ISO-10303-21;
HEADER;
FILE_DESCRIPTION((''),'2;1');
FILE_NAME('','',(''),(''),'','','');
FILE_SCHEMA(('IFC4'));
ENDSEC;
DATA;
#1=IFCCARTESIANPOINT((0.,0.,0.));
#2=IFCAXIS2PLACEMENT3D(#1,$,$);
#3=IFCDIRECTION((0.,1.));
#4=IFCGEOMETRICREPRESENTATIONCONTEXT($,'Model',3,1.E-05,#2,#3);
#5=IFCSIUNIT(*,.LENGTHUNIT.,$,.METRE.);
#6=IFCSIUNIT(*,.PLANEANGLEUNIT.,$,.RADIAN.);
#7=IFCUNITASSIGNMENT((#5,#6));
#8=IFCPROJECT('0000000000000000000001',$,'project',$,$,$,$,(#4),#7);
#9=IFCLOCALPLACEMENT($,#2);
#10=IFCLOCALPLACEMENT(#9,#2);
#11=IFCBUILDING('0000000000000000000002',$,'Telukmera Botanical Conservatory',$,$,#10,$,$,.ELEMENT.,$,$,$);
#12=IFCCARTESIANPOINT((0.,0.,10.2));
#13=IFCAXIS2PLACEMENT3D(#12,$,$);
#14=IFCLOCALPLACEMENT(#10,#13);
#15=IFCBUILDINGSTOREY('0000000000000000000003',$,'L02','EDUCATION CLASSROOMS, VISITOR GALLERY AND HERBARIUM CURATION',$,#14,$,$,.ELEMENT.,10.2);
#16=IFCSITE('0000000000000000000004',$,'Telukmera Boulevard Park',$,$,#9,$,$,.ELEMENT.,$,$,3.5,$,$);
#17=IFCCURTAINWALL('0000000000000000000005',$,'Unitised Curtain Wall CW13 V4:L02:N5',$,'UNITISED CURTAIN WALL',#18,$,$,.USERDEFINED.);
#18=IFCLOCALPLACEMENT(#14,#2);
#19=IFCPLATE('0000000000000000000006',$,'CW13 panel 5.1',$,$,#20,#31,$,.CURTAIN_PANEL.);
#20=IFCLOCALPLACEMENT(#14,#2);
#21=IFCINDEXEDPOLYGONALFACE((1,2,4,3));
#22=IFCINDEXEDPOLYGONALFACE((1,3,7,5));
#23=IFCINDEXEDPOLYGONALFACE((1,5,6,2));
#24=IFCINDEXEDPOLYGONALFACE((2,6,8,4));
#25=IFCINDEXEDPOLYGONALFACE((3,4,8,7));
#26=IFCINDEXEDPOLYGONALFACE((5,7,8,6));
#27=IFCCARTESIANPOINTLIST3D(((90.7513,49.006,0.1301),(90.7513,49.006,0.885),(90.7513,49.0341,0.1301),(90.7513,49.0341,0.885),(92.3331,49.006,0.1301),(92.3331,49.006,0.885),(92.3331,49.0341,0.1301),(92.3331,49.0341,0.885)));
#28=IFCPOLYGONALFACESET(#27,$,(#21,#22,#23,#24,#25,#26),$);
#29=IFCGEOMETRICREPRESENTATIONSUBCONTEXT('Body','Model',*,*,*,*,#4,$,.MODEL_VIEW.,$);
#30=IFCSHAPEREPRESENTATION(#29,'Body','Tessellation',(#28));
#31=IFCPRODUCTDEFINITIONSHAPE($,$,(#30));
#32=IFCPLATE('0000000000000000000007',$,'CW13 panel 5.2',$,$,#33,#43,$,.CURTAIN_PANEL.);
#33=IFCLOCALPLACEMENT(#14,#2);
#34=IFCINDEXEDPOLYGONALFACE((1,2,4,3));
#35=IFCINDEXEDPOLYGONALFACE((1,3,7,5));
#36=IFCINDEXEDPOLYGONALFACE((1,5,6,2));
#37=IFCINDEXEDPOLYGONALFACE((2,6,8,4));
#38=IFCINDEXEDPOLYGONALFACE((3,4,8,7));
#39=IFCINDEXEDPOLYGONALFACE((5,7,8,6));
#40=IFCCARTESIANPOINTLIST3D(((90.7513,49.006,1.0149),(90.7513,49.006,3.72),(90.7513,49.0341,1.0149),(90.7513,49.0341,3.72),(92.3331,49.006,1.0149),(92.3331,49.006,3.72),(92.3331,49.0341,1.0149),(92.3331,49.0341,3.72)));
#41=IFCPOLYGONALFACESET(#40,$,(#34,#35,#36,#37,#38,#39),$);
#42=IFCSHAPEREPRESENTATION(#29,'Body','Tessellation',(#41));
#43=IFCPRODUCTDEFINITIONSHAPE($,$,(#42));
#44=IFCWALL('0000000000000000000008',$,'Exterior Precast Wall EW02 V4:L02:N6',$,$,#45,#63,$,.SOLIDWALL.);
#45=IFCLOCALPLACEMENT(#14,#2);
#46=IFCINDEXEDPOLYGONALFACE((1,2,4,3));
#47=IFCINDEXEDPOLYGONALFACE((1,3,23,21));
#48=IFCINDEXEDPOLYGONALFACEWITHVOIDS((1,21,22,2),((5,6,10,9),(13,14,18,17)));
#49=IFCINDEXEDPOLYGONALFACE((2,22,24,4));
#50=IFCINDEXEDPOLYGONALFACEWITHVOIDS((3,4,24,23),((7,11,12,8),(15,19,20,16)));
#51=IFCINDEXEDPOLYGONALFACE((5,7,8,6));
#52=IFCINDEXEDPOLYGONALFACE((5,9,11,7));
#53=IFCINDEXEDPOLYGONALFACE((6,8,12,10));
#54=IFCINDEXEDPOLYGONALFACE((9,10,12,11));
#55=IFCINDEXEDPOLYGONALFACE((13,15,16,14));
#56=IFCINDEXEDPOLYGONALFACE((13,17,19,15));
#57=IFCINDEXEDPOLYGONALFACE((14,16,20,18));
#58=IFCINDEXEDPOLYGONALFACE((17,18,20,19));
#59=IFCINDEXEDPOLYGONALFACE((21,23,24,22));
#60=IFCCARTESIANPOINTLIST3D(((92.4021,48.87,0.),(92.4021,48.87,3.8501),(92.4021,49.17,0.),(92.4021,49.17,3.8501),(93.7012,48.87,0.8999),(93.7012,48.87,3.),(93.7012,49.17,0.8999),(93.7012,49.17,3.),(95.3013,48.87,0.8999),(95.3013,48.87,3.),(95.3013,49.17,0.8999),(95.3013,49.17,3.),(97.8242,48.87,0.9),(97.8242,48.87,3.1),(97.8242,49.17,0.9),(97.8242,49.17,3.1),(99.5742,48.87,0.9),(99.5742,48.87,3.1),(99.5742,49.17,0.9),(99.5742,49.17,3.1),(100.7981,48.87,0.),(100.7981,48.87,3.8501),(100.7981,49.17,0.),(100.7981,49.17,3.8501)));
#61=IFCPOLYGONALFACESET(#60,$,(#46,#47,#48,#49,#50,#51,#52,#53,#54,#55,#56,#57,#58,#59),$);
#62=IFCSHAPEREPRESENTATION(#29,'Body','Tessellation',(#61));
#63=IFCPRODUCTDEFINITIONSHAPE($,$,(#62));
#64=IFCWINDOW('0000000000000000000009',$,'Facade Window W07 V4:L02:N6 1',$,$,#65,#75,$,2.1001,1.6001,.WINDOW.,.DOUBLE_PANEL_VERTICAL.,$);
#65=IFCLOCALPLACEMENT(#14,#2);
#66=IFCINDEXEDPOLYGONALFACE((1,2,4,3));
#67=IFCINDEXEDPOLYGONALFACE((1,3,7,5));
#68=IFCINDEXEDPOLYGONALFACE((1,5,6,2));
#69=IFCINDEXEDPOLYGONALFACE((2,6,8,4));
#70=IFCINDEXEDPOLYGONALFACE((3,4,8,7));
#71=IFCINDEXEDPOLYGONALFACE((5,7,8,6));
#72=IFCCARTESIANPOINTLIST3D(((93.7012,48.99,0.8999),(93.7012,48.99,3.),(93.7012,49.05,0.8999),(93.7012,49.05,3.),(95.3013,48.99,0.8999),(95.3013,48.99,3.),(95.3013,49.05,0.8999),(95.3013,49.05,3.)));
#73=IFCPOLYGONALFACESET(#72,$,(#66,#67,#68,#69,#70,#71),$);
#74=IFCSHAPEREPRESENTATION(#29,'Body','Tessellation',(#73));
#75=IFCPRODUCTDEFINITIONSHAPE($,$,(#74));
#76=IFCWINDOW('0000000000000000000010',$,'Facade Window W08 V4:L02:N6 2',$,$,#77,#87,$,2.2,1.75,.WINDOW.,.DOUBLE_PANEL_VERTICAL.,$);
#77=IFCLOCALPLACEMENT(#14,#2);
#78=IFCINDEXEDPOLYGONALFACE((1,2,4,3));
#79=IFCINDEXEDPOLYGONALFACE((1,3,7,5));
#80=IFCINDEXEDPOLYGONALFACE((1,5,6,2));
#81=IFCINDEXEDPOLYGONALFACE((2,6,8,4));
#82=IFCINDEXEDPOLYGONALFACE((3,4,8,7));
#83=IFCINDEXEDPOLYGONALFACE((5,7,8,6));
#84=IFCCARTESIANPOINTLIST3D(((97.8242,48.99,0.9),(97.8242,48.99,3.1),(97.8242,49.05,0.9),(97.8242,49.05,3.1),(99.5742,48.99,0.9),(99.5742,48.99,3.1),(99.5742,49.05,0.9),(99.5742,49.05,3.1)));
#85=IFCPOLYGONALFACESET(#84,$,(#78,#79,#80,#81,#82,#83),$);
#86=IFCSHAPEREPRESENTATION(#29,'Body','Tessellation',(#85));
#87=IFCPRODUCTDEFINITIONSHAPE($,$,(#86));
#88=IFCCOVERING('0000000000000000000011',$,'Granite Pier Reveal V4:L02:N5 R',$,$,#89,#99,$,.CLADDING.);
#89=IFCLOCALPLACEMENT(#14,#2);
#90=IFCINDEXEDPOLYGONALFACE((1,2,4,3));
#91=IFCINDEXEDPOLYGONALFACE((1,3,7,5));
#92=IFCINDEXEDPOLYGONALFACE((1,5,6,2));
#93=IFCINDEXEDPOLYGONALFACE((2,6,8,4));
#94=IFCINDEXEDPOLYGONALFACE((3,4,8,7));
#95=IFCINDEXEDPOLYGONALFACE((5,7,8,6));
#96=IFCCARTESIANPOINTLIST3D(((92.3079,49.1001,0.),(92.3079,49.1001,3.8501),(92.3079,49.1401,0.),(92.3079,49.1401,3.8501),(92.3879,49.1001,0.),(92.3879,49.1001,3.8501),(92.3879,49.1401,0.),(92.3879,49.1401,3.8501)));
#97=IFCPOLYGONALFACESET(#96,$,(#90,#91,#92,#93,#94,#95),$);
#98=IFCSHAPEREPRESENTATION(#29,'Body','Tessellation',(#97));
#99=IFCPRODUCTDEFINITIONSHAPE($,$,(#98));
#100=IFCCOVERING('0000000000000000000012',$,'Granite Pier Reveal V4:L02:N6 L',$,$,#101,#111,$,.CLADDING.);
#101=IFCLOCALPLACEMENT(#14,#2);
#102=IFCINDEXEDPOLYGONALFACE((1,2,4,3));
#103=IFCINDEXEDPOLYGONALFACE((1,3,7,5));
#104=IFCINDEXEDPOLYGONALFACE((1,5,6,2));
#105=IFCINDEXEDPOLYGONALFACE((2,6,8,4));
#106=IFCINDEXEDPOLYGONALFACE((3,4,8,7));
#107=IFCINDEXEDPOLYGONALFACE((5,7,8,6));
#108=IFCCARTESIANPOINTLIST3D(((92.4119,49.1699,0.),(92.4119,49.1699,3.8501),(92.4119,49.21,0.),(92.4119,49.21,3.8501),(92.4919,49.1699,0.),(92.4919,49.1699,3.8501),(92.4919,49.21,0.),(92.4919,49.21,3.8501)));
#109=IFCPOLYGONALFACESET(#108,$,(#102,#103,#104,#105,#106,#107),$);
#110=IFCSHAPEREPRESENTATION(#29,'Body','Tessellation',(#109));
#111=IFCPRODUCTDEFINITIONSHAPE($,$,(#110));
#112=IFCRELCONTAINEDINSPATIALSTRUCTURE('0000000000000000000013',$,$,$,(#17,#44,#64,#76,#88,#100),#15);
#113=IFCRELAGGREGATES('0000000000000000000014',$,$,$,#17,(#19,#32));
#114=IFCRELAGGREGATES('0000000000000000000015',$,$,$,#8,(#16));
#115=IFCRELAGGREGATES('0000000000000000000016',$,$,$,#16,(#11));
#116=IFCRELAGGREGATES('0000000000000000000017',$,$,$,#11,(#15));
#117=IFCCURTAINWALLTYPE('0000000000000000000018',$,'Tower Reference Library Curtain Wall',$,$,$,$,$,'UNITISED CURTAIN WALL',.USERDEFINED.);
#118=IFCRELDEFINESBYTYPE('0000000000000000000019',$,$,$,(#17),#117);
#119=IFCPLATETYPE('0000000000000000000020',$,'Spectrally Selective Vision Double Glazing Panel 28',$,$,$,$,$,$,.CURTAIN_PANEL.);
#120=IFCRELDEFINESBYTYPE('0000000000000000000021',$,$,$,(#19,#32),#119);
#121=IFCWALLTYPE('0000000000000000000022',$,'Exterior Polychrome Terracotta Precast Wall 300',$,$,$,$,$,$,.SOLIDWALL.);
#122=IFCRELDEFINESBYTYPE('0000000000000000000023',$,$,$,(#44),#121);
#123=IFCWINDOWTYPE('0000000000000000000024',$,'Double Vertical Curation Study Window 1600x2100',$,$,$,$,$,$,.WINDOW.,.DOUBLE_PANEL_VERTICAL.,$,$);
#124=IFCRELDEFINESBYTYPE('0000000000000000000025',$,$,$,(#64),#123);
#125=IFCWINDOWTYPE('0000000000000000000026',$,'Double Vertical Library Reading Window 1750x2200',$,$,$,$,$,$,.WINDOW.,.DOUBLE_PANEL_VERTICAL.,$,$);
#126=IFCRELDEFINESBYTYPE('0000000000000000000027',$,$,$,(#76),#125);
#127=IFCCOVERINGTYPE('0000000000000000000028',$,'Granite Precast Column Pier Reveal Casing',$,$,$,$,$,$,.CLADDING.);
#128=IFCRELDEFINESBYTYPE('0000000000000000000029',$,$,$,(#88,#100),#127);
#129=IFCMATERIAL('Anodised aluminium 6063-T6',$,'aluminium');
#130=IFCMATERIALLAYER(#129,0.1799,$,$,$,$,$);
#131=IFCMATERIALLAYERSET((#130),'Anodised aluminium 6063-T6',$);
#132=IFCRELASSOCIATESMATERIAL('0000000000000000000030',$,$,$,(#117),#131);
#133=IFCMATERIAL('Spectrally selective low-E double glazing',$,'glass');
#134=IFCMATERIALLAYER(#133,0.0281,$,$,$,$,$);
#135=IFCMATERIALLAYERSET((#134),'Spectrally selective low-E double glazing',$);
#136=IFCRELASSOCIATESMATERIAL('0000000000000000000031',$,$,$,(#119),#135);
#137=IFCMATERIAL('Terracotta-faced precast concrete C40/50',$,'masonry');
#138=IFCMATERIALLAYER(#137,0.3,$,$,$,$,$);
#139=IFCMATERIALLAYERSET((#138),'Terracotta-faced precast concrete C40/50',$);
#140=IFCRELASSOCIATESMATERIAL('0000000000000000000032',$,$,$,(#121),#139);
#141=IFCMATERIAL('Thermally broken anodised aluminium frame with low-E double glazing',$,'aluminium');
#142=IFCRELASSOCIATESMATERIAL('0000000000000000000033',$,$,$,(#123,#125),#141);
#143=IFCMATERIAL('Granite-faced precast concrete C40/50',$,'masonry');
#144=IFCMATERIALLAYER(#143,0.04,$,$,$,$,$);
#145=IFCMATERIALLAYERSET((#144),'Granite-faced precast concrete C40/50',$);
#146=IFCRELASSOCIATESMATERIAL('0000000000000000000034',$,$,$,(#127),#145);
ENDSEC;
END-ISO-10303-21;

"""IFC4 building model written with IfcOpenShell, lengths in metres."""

from ifc_helpers import new_model, si_unit, direction, frame, frame_2d, origin, origin_2d, place, context, subcontext, project, spatial, rectangle, extrude, material, layer, layer_set, type_object, element, fill, aggregate, save


model = new_model("IFC4")

# Units and contexts
model_context = context("Model", 3, precision=1e-05, world=origin(), true_north=direction((0.0, 1.0)))
body_context = subcontext(model_context, "Body", "Model", "MODEL_VIEW")
ifc_project = project(units=[si_unit("LENGTHUNIT", "METRE"), si_unit("PLANEANGLEUNIT", "RADIAN")], contexts=[model_context])

# Site, building, storey
site_placement = place(None, origin())
site = spatial("IfcSite", under=ifc_project, at=site_placement, Name="Telukmera Boulevard Park", CompositionType="ELEMENT", RefElevation=3.5)
building_placement = place(site_placement, origin())
building = spatial("IfcBuilding", under=site, at=building_placement, Name="Telukmera Botanical Conservatory", CompositionType="ELEMENT")
storey_placement = place(building_placement, frame((0.0, 0.0, 10.2)))
storey = spatial("IfcBuildingStorey", under=building, at=storey_placement, Name="L02", Description="EDUCATION CLASSROOMS, VISITOR GALLERY AND HERBARIUM CURATION", CompositionType="ELEMENT", Elevation=10.2)

# Curtain wall, plates
ifc_material_1 = material(Name="Anodised aluminium 6063-T6", Category="aluminium")
ifc_layer_1 = layer(ifc_material_1, 0.1799)
ifc_layer_set_1 = layer_set([ifc_layer_1], Name="Anodised aluminium 6063-T6")
curtain_wall_type = type_object("IfcCurtainWallType", Name="Tower Reference Library Curtain Wall", ElementType="UNITISED CURTAIN WALL", PredefinedType="USERDEFINED", material=ifc_layer_set_1)
curtain_wall_placement = place(storey_placement, origin())
curtain_wall = element("IfcCurtainWall", 1, at=curtain_wall_placement, inside=storey, type_object=curtain_wall_type, Name="Unitised Curtain Wall CW13 V4:L02:N5", ObjectType="UNITISED CURTAIN WALL", PredefinedType="USERDEFINED")
ifc_material_2 = material(Name="Spectrally selective low-E double glazing", Category="glass")
ifc_layer_2 = layer(ifc_material_2, 0.0281)
ifc_layer_set_2 = layer_set([ifc_layer_2], Name="Spectrally selective low-E double glazing")
plate_type = type_object("IfcPlateType", Name="Spectrally Selective Vision Double Glazing Panel 28", PredefinedType="CURTAIN_PANEL", material=ifc_layer_set_2)
plate_1_placement = place(storey_placement, frame((91.5422, 49.02, 0.1301), z_axis=(0.0, 0.0, 1.0), x_axis=(1.0, 0.0, 0.0)))
plate_1 = element("IfcPlate", 2, at=plate_1_placement, type_object=plate_type, Name="CW13 panel 5.1", PredefinedType="CURTAIN_PANEL", context=body_context, shape_type="SweptSolid", body=[
    extrude(rectangle(XDim=1.5818, YDim=0.0281, at=origin_2d()), origin(), (0.0, 0.0, 1.0), 0.7549),
])
plate_2_placement = place(storey_placement, frame((91.5422, 49.02, 1.0149), z_axis=(0.0, 0.0, 1.0), x_axis=(1.0, 0.0, 0.0)))
plate_2 = element("IfcPlate", 3, at=plate_2_placement, type_object=plate_type, Name="CW13 panel 5.2", PredefinedType="CURTAIN_PANEL", context=body_context, shape_type="SweptSolid", body=[
    extrude(rectangle(XDim=1.5818, YDim=0.0281, at=origin_2d()), origin(), (0.0, 0.0, 1.0), 2.7051),
])
aggregate(curtain_wall, [plate_1, plate_2])

# Wall, openings, windows
ifc_material_3 = material(Name="Terracotta-faced precast concrete C40/50", Category="masonry")
ifc_layer_3 = layer(ifc_material_3, 0.3)
ifc_layer_set_3 = layer_set([ifc_layer_3], Name="Terracotta-faced precast concrete C40/50")
wall_type = type_object("IfcWallType", Name="Exterior Polychrome Terracotta Precast Wall 300", PredefinedType="SOLIDWALL", material=ifc_layer_set_3)
wall_placement = place(storey_placement, frame((92.4021, 49.02, 0.0), z_axis=(0.0, 0.0, 1.0), x_axis=(1.0, 0.0, 0.0)))
wall = element("IfcWall", 4, at=wall_placement, inside=storey, type_object=wall_type, Name="Exterior Precast Wall EW02 V4:L02:N6", PredefinedType="SOLIDWALL", context=body_context, shape_type="SweptSolid", body=[
    extrude(rectangle(XDim=8.396, YDim=0.3, at=frame_2d((4.198, 0.0))), origin(), (0.0, 0.0, 1.0), 3.8501),
])
opening_1_placement = place(wall_placement, frame((1.2991, 0.0, 0.8999)))
opening_1 = element("IfcOpeningElement", 5, at=opening_1_placement, cuts=wall, PredefinedType="OPENING", context=body_context, shape_type="SweptSolid", body=[
    extrude(rectangle(XDim=1.6001, YDim=2.1001, at=frame_2d((0.8, 1.05))), frame((0.0, 0.1599, 0.0), z_axis=(0.0, -1.0, 0.0), x_axis=(1.0, 0.0, 0.0)), (0.0, 0.0, 1.0), 0.3201),
])
opening_2_placement = place(wall_placement, frame((5.4221, 0.0, 0.8999)))
opening_2 = element("IfcOpeningElement", 6, at=opening_2_placement, cuts=wall, PredefinedType="OPENING", context=body_context, shape_type="SweptSolid", body=[
    extrude(rectangle(XDim=1.75, YDim=2.2, at=frame_2d((0.875, 1.1001))), frame((0.0, 0.1599, 0.0), z_axis=(0.0, -1.0, 0.0), x_axis=(1.0, 0.0, 0.0)), (0.0, 0.0, 1.0), 0.3201),
])
ifc_material_4 = material(Name="Thermally broken anodised aluminium frame with low-E double glazing", Category="aluminium")
window_type_1 = type_object("IfcWindowType", Name="Double Vertical Curation Study Window 1600x2100", PartitioningType="DOUBLE_PANEL_VERTICAL", PredefinedType="WINDOW", material=ifc_material_4)
window_1_placement = place(opening_1_placement, origin())
window_1 = element("IfcWindow", 7, at=window_1_placement, inside=storey, type_object=window_type_1, Name="Facade Window W07 V4:L02:N6 1", OverallHeight=2.1001, OverallWidth=1.6001, PartitioningType="DOUBLE_PANEL_VERTICAL", PredefinedType="WINDOW", context=body_context, shape_type="SweptSolid", body=[
    extrude(rectangle(XDim=1.6001, YDim=2.1001, at=frame_2d((0.8, 1.05))), frame((0.0, 0.03, 0.0), z_axis=(0.0, -1.0, 0.0), x_axis=(1.0, 0.0, 0.0)), (0.0, 0.0, 1.0), 0.0601),
])
fill(opening_1, window_1)
window_type_2 = type_object("IfcWindowType", Name="Double Vertical Library Reading Window 1750x2200", PartitioningType="DOUBLE_PANEL_VERTICAL", PredefinedType="WINDOW", material=ifc_material_4)
window_2_placement = place(opening_2_placement, origin())
window_2 = element("IfcWindow", 8, at=window_2_placement, inside=storey, type_object=window_type_2, Name="Facade Window W08 V4:L02:N6 2", OverallHeight=2.2, OverallWidth=1.75, PartitioningType="DOUBLE_PANEL_VERTICAL", PredefinedType="WINDOW", context=body_context, shape_type="SweptSolid", body=[
    extrude(rectangle(XDim=1.75, YDim=2.2, at=frame_2d((0.875, 1.1001))), frame((0.0, 0.03, 0.0), z_axis=(0.0, -1.0, 0.0), x_axis=(1.0, 0.0, 0.0)), (0.0, 0.0, 1.0), 0.0601),
])
fill(opening_2, window_2)

# Coverings
ifc_material_5 = material(Name="Granite-faced precast concrete C40/50", Category="masonry")
ifc_layer_4 = layer(ifc_material_5, 0.04)
ifc_layer_set_4 = layer_set([ifc_layer_4], Name="Granite-faced precast concrete C40/50")
covering_type = type_object("IfcCoveringType", Name="Granite Precast Column Pier Reveal Casing", PredefinedType="CLADDING", material=ifc_layer_set_4)
for number, where, z_axis, x_axis, name in (
    (9, (92.3479, 49.1201, 0.0), (0.0, 0.0, 1.0), (1.0, 0.0, 0.0), "Granite Pier Reveal V4:L02:N5 R"),
    (10, (92.4519, 49.1899, 0.0), (0.0, 0.0, 1.0), (1.0, 0.0, 0.0), "Granite Pier Reveal V4:L02:N6 L"),
):
    element("IfcCovering", number, at=place(storey_placement, frame(where, z_axis=z_axis, x_axis=x_axis)), inside=storey, type_object=covering_type, Name=name, PredefinedType="CLADDING", context=body_context, shape_type="SweptSolid", body=[
        extrude(rectangle(XDim=0.0801, YDim=0.04, at=origin_2d()), origin(), (0.0, 0.0, 1.0), 3.8501),
    ])

save(model, "model.ifc")
